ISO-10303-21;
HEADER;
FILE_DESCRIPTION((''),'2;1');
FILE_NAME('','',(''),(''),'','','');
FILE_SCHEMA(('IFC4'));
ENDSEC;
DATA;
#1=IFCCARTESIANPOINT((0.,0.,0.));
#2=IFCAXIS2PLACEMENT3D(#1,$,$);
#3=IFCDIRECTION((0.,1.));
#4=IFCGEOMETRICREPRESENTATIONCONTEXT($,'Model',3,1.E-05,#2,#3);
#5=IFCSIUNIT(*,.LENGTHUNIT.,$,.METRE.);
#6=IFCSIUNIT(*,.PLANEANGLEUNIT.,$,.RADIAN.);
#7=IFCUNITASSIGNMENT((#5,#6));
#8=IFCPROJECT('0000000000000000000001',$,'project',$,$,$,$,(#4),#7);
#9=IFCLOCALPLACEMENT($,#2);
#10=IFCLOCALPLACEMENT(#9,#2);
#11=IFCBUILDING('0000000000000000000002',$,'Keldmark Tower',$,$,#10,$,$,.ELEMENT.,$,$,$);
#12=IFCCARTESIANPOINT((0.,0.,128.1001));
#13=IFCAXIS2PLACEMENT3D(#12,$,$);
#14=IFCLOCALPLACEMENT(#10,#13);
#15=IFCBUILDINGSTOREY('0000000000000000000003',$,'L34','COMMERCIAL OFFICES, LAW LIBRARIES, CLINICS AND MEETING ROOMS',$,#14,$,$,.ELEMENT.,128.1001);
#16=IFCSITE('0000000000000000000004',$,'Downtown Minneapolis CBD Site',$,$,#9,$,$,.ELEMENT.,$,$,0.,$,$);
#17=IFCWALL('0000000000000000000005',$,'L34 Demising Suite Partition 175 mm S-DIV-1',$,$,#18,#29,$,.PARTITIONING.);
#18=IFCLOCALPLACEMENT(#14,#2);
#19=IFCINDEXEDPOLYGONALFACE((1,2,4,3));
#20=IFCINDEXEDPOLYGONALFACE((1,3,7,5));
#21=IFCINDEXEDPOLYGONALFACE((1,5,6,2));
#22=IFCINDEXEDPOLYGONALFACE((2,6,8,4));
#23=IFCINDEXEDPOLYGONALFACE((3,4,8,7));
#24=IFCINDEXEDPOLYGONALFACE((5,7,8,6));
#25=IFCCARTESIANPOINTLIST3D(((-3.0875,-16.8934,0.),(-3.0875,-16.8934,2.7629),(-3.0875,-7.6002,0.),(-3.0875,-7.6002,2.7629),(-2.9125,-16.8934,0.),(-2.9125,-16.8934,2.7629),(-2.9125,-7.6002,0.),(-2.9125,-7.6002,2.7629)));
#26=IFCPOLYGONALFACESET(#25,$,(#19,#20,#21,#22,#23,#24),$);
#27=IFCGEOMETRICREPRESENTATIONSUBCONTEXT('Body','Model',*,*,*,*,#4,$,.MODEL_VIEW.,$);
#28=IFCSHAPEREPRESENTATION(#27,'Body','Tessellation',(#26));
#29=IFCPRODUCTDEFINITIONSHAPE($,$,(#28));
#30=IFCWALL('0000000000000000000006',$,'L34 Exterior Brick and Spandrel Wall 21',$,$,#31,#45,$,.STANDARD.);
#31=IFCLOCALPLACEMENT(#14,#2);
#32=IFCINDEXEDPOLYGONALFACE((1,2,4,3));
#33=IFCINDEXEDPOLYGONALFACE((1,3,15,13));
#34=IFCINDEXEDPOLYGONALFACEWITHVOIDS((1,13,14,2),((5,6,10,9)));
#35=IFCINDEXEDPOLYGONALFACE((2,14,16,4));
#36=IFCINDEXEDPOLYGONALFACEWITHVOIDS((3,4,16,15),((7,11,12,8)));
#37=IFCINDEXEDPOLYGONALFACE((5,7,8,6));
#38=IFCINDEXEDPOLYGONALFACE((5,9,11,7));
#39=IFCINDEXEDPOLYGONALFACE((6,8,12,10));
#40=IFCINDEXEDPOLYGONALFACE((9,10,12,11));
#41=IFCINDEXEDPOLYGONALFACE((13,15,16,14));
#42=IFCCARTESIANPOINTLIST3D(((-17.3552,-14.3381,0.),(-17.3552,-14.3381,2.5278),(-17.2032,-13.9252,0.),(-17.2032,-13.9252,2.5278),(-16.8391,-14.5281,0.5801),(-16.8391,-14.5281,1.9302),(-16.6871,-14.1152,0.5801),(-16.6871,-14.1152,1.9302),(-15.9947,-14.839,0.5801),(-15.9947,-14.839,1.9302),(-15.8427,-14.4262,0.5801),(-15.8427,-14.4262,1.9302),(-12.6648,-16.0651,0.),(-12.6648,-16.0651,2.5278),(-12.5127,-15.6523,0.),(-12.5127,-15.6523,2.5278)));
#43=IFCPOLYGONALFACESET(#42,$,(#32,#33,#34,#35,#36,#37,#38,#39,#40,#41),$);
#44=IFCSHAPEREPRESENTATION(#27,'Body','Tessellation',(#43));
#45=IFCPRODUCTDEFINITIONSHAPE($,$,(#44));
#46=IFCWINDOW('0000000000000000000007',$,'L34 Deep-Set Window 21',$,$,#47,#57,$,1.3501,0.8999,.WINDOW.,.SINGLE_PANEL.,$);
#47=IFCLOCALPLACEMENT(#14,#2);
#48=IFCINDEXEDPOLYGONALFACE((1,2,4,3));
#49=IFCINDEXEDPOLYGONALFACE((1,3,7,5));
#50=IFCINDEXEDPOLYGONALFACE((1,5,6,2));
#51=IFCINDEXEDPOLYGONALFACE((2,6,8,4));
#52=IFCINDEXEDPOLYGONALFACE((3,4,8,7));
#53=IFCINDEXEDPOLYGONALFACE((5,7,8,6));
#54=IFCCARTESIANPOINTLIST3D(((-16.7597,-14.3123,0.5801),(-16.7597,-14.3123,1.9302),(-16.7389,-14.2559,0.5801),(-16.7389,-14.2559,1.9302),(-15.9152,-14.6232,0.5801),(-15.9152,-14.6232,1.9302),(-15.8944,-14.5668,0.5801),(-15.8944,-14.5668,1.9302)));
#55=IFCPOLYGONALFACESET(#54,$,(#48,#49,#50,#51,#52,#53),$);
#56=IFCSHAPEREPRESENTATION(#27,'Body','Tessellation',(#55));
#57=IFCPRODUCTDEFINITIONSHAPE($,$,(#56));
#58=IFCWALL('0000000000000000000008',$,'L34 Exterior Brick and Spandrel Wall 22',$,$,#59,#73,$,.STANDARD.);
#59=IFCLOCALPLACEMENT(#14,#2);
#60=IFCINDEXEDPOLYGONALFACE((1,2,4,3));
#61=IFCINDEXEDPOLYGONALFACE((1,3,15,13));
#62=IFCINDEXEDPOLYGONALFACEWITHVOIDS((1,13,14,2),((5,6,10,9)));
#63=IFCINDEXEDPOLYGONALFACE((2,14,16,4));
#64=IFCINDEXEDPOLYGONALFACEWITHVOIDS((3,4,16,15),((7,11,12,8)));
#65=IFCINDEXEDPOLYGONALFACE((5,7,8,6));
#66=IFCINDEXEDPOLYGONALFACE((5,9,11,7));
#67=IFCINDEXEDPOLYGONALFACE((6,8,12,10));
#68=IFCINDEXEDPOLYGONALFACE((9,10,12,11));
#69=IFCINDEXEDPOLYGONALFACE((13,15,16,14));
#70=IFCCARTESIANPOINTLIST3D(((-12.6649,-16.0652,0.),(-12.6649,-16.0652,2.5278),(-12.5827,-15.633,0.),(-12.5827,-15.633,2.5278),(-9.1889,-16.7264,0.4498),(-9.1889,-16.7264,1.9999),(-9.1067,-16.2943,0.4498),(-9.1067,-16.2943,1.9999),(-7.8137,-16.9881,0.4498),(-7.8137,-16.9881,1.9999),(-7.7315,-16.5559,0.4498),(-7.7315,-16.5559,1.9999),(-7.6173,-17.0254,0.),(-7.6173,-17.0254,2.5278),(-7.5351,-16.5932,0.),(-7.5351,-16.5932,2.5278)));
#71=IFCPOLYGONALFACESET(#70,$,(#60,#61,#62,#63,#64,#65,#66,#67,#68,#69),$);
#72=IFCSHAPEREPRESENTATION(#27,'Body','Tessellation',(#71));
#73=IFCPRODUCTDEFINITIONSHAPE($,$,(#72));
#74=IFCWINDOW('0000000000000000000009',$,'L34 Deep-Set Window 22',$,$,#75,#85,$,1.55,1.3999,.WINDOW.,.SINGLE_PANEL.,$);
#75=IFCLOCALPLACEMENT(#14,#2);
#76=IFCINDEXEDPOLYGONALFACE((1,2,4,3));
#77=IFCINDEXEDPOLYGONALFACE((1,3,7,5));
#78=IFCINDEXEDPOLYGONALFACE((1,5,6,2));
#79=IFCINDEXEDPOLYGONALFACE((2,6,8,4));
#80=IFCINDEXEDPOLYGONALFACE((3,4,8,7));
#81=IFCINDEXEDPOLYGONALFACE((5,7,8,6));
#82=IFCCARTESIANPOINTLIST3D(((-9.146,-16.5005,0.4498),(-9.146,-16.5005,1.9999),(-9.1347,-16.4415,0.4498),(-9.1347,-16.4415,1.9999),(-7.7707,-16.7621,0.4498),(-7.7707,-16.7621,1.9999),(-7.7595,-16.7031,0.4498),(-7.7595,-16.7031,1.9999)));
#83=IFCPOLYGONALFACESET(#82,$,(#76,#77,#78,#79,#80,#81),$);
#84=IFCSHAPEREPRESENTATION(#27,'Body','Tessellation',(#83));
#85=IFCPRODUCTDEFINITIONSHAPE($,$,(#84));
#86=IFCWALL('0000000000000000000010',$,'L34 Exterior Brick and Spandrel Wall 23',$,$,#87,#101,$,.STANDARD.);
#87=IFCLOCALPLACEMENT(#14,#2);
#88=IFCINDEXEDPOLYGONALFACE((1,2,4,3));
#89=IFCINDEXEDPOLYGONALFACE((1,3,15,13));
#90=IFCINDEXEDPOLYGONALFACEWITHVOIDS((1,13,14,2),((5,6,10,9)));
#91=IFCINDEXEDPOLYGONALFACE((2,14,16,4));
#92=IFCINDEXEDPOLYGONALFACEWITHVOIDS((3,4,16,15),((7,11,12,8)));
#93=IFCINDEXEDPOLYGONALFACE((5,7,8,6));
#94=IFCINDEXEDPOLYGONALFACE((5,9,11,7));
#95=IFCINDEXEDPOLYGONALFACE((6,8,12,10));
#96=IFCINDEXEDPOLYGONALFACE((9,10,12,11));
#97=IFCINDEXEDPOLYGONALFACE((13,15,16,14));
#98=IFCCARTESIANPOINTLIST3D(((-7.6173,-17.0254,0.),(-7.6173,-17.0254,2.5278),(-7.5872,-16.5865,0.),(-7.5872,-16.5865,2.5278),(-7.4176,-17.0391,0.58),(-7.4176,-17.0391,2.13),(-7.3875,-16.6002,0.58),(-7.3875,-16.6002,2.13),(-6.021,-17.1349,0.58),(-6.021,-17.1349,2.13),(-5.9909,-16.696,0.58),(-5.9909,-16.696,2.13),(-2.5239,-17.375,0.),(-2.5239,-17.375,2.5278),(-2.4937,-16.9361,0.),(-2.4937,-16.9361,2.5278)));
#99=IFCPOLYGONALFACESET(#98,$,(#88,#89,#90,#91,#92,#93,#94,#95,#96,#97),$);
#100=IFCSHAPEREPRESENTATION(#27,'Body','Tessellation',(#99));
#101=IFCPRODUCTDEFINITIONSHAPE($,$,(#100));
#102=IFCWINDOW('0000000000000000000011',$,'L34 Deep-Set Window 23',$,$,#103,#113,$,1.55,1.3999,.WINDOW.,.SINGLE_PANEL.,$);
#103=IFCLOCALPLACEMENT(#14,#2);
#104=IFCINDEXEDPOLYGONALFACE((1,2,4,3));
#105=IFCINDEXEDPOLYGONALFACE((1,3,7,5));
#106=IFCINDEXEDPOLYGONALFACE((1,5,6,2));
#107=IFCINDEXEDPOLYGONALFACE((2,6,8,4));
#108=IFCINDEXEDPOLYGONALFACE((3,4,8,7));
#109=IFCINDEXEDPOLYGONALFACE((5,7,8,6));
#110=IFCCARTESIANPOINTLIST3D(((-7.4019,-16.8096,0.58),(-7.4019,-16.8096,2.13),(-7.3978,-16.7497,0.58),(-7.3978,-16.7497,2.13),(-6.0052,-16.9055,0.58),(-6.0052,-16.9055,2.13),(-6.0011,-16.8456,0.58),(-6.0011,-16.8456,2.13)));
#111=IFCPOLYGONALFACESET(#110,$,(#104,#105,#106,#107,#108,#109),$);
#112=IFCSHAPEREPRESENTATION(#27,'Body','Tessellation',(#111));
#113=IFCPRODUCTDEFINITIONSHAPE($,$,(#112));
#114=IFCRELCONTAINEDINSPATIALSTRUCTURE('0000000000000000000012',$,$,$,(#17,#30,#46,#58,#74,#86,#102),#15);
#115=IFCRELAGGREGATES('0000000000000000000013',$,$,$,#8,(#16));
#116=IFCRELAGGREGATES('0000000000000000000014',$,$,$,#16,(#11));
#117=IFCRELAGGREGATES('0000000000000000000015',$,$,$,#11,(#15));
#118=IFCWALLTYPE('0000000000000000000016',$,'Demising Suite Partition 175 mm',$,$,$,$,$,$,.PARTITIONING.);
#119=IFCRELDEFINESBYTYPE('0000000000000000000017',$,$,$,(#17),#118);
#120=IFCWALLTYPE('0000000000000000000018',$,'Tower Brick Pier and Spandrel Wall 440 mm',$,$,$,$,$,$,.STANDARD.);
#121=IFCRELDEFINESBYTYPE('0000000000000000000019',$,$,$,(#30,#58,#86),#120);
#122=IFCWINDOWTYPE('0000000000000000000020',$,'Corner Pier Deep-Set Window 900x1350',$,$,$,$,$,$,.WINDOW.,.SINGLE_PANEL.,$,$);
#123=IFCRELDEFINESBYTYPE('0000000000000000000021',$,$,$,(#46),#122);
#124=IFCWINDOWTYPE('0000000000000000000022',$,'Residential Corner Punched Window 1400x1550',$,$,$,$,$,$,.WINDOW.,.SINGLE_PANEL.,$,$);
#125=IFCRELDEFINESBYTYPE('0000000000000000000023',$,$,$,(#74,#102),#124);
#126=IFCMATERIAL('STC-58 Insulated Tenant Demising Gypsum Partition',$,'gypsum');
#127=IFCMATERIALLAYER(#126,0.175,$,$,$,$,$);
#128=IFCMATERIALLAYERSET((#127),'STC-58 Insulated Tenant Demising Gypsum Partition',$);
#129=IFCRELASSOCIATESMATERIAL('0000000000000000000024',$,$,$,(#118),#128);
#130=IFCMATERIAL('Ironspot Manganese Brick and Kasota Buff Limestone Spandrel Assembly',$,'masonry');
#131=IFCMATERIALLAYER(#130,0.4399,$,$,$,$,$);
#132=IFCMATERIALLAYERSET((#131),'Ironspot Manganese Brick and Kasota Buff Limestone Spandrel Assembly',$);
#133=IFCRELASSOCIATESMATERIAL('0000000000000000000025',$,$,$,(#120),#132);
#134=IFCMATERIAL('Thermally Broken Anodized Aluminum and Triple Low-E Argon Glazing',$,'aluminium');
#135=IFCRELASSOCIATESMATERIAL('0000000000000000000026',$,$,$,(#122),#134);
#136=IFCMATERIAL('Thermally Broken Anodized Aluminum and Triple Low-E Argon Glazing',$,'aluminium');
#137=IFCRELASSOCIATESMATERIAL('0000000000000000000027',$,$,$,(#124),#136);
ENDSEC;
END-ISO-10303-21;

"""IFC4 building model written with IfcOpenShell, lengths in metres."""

from ifc_helpers import new_model, si_unit, direction, frame, frame_2d, origin, place, context, subcontext, project, spatial, rectangle, extrude, material, layer, layer_set, type_object, element, fill, save


model = new_model("IFC4")

# Units and contexts
model_context = context("Model", 3, precision=1e-05, world=origin(), true_north=direction((0.0, 1.0)))
body_context = subcontext(model_context, "Body", "Model", "MODEL_VIEW")
ifc_project = project(units=[si_unit("LENGTHUNIT", "METRE"), si_unit("PLANEANGLEUNIT", "RADIAN")], contexts=[model_context])

# Site, building, storey
site_placement = place(None, origin())
site = spatial("IfcSite", under=ifc_project, at=site_placement, Name="Downtown Minneapolis CBD Site", CompositionType="ELEMENT", RefElevation=0.0)
building_placement = place(site_placement, origin())
building = spatial("IfcBuilding", under=site, at=building_placement, Name="Keldmark Tower", CompositionType="ELEMENT")
storey_placement = place(building_placement, frame((0.0, 0.0, 128.1001)))
storey = spatial("IfcBuildingStorey", under=building, at=storey_placement, Name="L34", Description="COMMERCIAL OFFICES, LAW LIBRARIES, CLINICS AND MEETING ROOMS", CompositionType="ELEMENT", Elevation=128.1001)

# Wall
ifc_material_1 = material(Name="STC-58 Insulated Tenant Demising Gypsum Partition", Category="gypsum")
ifc_layer_1 = layer(ifc_material_1, 0.175)
ifc_layer_set_1 = layer_set([ifc_layer_1], Name="STC-58 Insulated Tenant Demising Gypsum Partition")
wall_type_1 = type_object("IfcWallType", Name="Demising Suite Partition 175 mm", PredefinedType="PARTITIONING", material=ifc_layer_set_1)
wall_1_placement = place(storey_placement, frame((-3.0, -16.8933, 0.0), z_axis=(0.0, 0.0, 1.0), x_axis=(0.0, 1.0, 0.0)))
element("IfcWall", 1, at=wall_1_placement, inside=storey, type_object=wall_type_1, Name="L34 Demising Suite Partition 175 mm S-DIV-1", PredefinedType="PARTITIONING", context=body_context, shape_type="SweptSolid", body=[
    extrude(rectangle(XDim=9.2932, YDim=0.175, at=frame_2d((4.6465, 0.0))), origin(), (0.0, 0.0, 1.0), 2.7629),
])

# Walls, openings, windows
ifc_material_2 = material(Name="Ironspot Manganese Brick and Kasota Buff Limestone Spandrel Assembly", Category="masonry")
ifc_layer_2 = layer(ifc_material_2, 0.4399)
ifc_layer_set_2 = layer_set([ifc_layer_2], Name="Ironspot Manganese Brick and Kasota Buff Limestone Spandrel Assembly")
wall_type_2 = type_object("IfcWallType", Name="Tower Brick Pier and Spandrel Wall 440 mm", PredefinedType="STANDARD", material=ifc_layer_set_2)
wall_2_placement = place(storey_placement, frame((-12.5889, -15.8586, 0.0), z_axis=(0.0, 0.0, 1.0), x_axis=(-0.938408, 0.345529, 0.0)))
wall_2 = element("IfcWall", 2, at=wall_2_placement, inside=storey, type_object=wall_type_2, Name="L34 Exterior Brick and Spandrel Wall 21", PredefinedType="STANDARD", context=body_context, shape_type="SweptSolid", body=[
    extrude(rectangle(XDim=4.9983, YDim=0.4399, at=frame_2d((2.499, 0.0))), origin(), (0.0, 0.0, 1.0), 2.5278),
])
opening_1_placement = place(wall_2_placement, frame((3.5483, 0.0, 0.5801)))
opening_1 = element("IfcOpeningElement", 3, at=opening_1_placement, cuts=wall_2, PredefinedType="OPENING", context=body_context, shape_type="SweptSolid", body=[
    extrude(rectangle(XDim=0.8999, YDim=1.3501, at=frame_2d((0.45, 0.675))), frame((0.0, 0.23, 0.0), z_axis=(0.0, -1.0, 0.0), x_axis=(1.0, 0.0, 0.0)), (0.0, 0.0, 1.0), 0.46),
])
ifc_material_3 = material(Name="Thermally Broken Anodized Aluminum and Triple Low-E Argon Glazing", Category="aluminium")
window_type_1 = type_object("IfcWindowType", Name="Corner Pier Deep-Set Window 900x1350", PartitioningType="SINGLE_PANEL", PredefinedType="WINDOW", material=ifc_material_3)
window_1_placement = place(opening_1_placement, origin())
window_1 = element("IfcWindow", 4, at=window_1_placement, inside=storey, type_object=window_type_1, Name="L34 Deep-Set Window 21", OverallHeight=1.3501, OverallWidth=0.8999, PartitioningType="SINGLE_PANEL", PredefinedType="WINDOW", context=body_context, shape_type="SweptSolid", body=[
    extrude(rectangle(XDim=0.8999, YDim=1.3501, at=frame_2d((0.45, 0.675))), frame((0.0, -0.01, 0.0), z_axis=(0.0, -1.0, 0.0), x_axis=(1.0, 0.0, 0.0)), (0.0, 0.0, 1.0), 0.0601),
])
fill(opening_1, window_1)
wall_3_placement = place(storey_placement, frame((-7.5762, -16.8093, 0.0), z_axis=(0.0, 0.0, 1.0), x_axis=(-0.982383, 0.186878, 0.0)))
wall_3 = element("IfcWall", 5, at=wall_3_placement, inside=storey, type_object=wall_type_2, Name="L34 Exterior Brick and Spandrel Wall 22", PredefinedType="STANDARD", context=body_context, shape_type="SweptSolid", body=[
    extrude(rectangle(XDim=5.1382, YDim=0.4399, at=frame_2d((2.5691, 0.0))), origin(), (0.0, 0.0, 1.0), 2.5278),
])
opening_2_placement = place(wall_3_placement, frame((0.2, 0.0, 0.45)))
opening_2 = element("IfcOpeningElement", 6, at=opening_2_placement, cuts=wall_3, PredefinedType="OPENING", context=body_context, shape_type="SweptSolid", body=[
    extrude(rectangle(XDim=1.3999, YDim=1.55, at=frame_2d((0.7, 0.7749))), frame((0.0, 0.23, 0.0), z_axis=(0.0, -1.0, 0.0), x_axis=(1.0, 0.0, 0.0)), (0.0, 0.0, 1.0), 0.46),
])
ifc_material_4 = material(Name="Thermally Broken Anodized Aluminum and Triple Low-E Argon Glazing", Category="aluminium")
window_type_2 = type_object("IfcWindowType", Name="Residential Corner Punched Window 1400x1550", PartitioningType="SINGLE_PANEL", PredefinedType="WINDOW", material=ifc_material_4)
window_2_placement = place(opening_2_placement, origin())
window_2 = element("IfcWindow", 7, at=window_2_placement, inside=storey, type_object=window_type_2, Name="L34 Deep-Set Window 22", OverallHeight=1.55, OverallWidth=1.3999, PartitioningType="SINGLE_PANEL", PredefinedType="WINDOW", context=body_context, shape_type="SweptSolid", body=[
    extrude(rectangle(XDim=1.3999, YDim=1.55, at=frame_2d((0.7, 0.7749))), frame((0.0, -0.01, 0.0), z_axis=(0.0, -1.0, 0.0), x_axis=(1.0, 0.0, 0.0)), (0.0, 0.0, 1.0), 0.0601),
])
fill(opening_2, window_2)
wall_4_placement = place(storey_placement, frame((-2.5088, -17.1555, 0.0), z_axis=(0.0, 0.0, 1.0), x_axis=(-0.997653, 0.068477, 0.0)))
wall_4 = element("IfcWall", 8, at=wall_4_placement, inside=storey, type_object=wall_type_2, Name="L34 Exterior Brick and Spandrel Wall 23", PredefinedType="STANDARD", context=body_context, shape_type="SweptSolid", body=[
    extrude(rectangle(XDim=5.1055, YDim=0.4399, at=frame_2d((2.5527, 0.0))), origin(), (0.0, 0.0, 1.0), 2.5278),
])
opening_3_placement = place(wall_4_placement, frame((3.5054, 0.0, 0.5801)))
opening_3 = element("IfcOpeningElement", 9, at=opening_3_placement, cuts=wall_4, PredefinedType="OPENING", context=body_context, shape_type="SweptSolid", body=[
    extrude(rectangle(XDim=1.3999, YDim=1.55, at=frame_2d((0.7, 0.7749))), frame((0.0, 0.23, 0.0), z_axis=(0.0, -1.0, 0.0), x_axis=(1.0, 0.0, 0.0)), (0.0, 0.0, 1.0), 0.46),
])
window_3_placement = place(opening_3_placement, origin())
window_3 = element("IfcWindow", 10, at=window_3_placement, inside=storey, type_object=window_type_2, Name="L34 Deep-Set Window 23", OverallHeight=1.55, OverallWidth=1.3999, PartitioningType="SINGLE_PANEL", PredefinedType="WINDOW", context=body_context, shape_type="SweptSolid", body=[
    extrude(rectangle(XDim=1.3999, YDim=1.55, at=frame_2d((0.7, 0.7749))), frame((0.0, -0.01, 0.0), z_axis=(0.0, -1.0, 0.0), x_axis=(1.0, 0.0, 0.0)), (0.0, 0.0, 1.0), 0.0601),
])
fill(opening_3, window_3)

save(model, "model.ifc")
